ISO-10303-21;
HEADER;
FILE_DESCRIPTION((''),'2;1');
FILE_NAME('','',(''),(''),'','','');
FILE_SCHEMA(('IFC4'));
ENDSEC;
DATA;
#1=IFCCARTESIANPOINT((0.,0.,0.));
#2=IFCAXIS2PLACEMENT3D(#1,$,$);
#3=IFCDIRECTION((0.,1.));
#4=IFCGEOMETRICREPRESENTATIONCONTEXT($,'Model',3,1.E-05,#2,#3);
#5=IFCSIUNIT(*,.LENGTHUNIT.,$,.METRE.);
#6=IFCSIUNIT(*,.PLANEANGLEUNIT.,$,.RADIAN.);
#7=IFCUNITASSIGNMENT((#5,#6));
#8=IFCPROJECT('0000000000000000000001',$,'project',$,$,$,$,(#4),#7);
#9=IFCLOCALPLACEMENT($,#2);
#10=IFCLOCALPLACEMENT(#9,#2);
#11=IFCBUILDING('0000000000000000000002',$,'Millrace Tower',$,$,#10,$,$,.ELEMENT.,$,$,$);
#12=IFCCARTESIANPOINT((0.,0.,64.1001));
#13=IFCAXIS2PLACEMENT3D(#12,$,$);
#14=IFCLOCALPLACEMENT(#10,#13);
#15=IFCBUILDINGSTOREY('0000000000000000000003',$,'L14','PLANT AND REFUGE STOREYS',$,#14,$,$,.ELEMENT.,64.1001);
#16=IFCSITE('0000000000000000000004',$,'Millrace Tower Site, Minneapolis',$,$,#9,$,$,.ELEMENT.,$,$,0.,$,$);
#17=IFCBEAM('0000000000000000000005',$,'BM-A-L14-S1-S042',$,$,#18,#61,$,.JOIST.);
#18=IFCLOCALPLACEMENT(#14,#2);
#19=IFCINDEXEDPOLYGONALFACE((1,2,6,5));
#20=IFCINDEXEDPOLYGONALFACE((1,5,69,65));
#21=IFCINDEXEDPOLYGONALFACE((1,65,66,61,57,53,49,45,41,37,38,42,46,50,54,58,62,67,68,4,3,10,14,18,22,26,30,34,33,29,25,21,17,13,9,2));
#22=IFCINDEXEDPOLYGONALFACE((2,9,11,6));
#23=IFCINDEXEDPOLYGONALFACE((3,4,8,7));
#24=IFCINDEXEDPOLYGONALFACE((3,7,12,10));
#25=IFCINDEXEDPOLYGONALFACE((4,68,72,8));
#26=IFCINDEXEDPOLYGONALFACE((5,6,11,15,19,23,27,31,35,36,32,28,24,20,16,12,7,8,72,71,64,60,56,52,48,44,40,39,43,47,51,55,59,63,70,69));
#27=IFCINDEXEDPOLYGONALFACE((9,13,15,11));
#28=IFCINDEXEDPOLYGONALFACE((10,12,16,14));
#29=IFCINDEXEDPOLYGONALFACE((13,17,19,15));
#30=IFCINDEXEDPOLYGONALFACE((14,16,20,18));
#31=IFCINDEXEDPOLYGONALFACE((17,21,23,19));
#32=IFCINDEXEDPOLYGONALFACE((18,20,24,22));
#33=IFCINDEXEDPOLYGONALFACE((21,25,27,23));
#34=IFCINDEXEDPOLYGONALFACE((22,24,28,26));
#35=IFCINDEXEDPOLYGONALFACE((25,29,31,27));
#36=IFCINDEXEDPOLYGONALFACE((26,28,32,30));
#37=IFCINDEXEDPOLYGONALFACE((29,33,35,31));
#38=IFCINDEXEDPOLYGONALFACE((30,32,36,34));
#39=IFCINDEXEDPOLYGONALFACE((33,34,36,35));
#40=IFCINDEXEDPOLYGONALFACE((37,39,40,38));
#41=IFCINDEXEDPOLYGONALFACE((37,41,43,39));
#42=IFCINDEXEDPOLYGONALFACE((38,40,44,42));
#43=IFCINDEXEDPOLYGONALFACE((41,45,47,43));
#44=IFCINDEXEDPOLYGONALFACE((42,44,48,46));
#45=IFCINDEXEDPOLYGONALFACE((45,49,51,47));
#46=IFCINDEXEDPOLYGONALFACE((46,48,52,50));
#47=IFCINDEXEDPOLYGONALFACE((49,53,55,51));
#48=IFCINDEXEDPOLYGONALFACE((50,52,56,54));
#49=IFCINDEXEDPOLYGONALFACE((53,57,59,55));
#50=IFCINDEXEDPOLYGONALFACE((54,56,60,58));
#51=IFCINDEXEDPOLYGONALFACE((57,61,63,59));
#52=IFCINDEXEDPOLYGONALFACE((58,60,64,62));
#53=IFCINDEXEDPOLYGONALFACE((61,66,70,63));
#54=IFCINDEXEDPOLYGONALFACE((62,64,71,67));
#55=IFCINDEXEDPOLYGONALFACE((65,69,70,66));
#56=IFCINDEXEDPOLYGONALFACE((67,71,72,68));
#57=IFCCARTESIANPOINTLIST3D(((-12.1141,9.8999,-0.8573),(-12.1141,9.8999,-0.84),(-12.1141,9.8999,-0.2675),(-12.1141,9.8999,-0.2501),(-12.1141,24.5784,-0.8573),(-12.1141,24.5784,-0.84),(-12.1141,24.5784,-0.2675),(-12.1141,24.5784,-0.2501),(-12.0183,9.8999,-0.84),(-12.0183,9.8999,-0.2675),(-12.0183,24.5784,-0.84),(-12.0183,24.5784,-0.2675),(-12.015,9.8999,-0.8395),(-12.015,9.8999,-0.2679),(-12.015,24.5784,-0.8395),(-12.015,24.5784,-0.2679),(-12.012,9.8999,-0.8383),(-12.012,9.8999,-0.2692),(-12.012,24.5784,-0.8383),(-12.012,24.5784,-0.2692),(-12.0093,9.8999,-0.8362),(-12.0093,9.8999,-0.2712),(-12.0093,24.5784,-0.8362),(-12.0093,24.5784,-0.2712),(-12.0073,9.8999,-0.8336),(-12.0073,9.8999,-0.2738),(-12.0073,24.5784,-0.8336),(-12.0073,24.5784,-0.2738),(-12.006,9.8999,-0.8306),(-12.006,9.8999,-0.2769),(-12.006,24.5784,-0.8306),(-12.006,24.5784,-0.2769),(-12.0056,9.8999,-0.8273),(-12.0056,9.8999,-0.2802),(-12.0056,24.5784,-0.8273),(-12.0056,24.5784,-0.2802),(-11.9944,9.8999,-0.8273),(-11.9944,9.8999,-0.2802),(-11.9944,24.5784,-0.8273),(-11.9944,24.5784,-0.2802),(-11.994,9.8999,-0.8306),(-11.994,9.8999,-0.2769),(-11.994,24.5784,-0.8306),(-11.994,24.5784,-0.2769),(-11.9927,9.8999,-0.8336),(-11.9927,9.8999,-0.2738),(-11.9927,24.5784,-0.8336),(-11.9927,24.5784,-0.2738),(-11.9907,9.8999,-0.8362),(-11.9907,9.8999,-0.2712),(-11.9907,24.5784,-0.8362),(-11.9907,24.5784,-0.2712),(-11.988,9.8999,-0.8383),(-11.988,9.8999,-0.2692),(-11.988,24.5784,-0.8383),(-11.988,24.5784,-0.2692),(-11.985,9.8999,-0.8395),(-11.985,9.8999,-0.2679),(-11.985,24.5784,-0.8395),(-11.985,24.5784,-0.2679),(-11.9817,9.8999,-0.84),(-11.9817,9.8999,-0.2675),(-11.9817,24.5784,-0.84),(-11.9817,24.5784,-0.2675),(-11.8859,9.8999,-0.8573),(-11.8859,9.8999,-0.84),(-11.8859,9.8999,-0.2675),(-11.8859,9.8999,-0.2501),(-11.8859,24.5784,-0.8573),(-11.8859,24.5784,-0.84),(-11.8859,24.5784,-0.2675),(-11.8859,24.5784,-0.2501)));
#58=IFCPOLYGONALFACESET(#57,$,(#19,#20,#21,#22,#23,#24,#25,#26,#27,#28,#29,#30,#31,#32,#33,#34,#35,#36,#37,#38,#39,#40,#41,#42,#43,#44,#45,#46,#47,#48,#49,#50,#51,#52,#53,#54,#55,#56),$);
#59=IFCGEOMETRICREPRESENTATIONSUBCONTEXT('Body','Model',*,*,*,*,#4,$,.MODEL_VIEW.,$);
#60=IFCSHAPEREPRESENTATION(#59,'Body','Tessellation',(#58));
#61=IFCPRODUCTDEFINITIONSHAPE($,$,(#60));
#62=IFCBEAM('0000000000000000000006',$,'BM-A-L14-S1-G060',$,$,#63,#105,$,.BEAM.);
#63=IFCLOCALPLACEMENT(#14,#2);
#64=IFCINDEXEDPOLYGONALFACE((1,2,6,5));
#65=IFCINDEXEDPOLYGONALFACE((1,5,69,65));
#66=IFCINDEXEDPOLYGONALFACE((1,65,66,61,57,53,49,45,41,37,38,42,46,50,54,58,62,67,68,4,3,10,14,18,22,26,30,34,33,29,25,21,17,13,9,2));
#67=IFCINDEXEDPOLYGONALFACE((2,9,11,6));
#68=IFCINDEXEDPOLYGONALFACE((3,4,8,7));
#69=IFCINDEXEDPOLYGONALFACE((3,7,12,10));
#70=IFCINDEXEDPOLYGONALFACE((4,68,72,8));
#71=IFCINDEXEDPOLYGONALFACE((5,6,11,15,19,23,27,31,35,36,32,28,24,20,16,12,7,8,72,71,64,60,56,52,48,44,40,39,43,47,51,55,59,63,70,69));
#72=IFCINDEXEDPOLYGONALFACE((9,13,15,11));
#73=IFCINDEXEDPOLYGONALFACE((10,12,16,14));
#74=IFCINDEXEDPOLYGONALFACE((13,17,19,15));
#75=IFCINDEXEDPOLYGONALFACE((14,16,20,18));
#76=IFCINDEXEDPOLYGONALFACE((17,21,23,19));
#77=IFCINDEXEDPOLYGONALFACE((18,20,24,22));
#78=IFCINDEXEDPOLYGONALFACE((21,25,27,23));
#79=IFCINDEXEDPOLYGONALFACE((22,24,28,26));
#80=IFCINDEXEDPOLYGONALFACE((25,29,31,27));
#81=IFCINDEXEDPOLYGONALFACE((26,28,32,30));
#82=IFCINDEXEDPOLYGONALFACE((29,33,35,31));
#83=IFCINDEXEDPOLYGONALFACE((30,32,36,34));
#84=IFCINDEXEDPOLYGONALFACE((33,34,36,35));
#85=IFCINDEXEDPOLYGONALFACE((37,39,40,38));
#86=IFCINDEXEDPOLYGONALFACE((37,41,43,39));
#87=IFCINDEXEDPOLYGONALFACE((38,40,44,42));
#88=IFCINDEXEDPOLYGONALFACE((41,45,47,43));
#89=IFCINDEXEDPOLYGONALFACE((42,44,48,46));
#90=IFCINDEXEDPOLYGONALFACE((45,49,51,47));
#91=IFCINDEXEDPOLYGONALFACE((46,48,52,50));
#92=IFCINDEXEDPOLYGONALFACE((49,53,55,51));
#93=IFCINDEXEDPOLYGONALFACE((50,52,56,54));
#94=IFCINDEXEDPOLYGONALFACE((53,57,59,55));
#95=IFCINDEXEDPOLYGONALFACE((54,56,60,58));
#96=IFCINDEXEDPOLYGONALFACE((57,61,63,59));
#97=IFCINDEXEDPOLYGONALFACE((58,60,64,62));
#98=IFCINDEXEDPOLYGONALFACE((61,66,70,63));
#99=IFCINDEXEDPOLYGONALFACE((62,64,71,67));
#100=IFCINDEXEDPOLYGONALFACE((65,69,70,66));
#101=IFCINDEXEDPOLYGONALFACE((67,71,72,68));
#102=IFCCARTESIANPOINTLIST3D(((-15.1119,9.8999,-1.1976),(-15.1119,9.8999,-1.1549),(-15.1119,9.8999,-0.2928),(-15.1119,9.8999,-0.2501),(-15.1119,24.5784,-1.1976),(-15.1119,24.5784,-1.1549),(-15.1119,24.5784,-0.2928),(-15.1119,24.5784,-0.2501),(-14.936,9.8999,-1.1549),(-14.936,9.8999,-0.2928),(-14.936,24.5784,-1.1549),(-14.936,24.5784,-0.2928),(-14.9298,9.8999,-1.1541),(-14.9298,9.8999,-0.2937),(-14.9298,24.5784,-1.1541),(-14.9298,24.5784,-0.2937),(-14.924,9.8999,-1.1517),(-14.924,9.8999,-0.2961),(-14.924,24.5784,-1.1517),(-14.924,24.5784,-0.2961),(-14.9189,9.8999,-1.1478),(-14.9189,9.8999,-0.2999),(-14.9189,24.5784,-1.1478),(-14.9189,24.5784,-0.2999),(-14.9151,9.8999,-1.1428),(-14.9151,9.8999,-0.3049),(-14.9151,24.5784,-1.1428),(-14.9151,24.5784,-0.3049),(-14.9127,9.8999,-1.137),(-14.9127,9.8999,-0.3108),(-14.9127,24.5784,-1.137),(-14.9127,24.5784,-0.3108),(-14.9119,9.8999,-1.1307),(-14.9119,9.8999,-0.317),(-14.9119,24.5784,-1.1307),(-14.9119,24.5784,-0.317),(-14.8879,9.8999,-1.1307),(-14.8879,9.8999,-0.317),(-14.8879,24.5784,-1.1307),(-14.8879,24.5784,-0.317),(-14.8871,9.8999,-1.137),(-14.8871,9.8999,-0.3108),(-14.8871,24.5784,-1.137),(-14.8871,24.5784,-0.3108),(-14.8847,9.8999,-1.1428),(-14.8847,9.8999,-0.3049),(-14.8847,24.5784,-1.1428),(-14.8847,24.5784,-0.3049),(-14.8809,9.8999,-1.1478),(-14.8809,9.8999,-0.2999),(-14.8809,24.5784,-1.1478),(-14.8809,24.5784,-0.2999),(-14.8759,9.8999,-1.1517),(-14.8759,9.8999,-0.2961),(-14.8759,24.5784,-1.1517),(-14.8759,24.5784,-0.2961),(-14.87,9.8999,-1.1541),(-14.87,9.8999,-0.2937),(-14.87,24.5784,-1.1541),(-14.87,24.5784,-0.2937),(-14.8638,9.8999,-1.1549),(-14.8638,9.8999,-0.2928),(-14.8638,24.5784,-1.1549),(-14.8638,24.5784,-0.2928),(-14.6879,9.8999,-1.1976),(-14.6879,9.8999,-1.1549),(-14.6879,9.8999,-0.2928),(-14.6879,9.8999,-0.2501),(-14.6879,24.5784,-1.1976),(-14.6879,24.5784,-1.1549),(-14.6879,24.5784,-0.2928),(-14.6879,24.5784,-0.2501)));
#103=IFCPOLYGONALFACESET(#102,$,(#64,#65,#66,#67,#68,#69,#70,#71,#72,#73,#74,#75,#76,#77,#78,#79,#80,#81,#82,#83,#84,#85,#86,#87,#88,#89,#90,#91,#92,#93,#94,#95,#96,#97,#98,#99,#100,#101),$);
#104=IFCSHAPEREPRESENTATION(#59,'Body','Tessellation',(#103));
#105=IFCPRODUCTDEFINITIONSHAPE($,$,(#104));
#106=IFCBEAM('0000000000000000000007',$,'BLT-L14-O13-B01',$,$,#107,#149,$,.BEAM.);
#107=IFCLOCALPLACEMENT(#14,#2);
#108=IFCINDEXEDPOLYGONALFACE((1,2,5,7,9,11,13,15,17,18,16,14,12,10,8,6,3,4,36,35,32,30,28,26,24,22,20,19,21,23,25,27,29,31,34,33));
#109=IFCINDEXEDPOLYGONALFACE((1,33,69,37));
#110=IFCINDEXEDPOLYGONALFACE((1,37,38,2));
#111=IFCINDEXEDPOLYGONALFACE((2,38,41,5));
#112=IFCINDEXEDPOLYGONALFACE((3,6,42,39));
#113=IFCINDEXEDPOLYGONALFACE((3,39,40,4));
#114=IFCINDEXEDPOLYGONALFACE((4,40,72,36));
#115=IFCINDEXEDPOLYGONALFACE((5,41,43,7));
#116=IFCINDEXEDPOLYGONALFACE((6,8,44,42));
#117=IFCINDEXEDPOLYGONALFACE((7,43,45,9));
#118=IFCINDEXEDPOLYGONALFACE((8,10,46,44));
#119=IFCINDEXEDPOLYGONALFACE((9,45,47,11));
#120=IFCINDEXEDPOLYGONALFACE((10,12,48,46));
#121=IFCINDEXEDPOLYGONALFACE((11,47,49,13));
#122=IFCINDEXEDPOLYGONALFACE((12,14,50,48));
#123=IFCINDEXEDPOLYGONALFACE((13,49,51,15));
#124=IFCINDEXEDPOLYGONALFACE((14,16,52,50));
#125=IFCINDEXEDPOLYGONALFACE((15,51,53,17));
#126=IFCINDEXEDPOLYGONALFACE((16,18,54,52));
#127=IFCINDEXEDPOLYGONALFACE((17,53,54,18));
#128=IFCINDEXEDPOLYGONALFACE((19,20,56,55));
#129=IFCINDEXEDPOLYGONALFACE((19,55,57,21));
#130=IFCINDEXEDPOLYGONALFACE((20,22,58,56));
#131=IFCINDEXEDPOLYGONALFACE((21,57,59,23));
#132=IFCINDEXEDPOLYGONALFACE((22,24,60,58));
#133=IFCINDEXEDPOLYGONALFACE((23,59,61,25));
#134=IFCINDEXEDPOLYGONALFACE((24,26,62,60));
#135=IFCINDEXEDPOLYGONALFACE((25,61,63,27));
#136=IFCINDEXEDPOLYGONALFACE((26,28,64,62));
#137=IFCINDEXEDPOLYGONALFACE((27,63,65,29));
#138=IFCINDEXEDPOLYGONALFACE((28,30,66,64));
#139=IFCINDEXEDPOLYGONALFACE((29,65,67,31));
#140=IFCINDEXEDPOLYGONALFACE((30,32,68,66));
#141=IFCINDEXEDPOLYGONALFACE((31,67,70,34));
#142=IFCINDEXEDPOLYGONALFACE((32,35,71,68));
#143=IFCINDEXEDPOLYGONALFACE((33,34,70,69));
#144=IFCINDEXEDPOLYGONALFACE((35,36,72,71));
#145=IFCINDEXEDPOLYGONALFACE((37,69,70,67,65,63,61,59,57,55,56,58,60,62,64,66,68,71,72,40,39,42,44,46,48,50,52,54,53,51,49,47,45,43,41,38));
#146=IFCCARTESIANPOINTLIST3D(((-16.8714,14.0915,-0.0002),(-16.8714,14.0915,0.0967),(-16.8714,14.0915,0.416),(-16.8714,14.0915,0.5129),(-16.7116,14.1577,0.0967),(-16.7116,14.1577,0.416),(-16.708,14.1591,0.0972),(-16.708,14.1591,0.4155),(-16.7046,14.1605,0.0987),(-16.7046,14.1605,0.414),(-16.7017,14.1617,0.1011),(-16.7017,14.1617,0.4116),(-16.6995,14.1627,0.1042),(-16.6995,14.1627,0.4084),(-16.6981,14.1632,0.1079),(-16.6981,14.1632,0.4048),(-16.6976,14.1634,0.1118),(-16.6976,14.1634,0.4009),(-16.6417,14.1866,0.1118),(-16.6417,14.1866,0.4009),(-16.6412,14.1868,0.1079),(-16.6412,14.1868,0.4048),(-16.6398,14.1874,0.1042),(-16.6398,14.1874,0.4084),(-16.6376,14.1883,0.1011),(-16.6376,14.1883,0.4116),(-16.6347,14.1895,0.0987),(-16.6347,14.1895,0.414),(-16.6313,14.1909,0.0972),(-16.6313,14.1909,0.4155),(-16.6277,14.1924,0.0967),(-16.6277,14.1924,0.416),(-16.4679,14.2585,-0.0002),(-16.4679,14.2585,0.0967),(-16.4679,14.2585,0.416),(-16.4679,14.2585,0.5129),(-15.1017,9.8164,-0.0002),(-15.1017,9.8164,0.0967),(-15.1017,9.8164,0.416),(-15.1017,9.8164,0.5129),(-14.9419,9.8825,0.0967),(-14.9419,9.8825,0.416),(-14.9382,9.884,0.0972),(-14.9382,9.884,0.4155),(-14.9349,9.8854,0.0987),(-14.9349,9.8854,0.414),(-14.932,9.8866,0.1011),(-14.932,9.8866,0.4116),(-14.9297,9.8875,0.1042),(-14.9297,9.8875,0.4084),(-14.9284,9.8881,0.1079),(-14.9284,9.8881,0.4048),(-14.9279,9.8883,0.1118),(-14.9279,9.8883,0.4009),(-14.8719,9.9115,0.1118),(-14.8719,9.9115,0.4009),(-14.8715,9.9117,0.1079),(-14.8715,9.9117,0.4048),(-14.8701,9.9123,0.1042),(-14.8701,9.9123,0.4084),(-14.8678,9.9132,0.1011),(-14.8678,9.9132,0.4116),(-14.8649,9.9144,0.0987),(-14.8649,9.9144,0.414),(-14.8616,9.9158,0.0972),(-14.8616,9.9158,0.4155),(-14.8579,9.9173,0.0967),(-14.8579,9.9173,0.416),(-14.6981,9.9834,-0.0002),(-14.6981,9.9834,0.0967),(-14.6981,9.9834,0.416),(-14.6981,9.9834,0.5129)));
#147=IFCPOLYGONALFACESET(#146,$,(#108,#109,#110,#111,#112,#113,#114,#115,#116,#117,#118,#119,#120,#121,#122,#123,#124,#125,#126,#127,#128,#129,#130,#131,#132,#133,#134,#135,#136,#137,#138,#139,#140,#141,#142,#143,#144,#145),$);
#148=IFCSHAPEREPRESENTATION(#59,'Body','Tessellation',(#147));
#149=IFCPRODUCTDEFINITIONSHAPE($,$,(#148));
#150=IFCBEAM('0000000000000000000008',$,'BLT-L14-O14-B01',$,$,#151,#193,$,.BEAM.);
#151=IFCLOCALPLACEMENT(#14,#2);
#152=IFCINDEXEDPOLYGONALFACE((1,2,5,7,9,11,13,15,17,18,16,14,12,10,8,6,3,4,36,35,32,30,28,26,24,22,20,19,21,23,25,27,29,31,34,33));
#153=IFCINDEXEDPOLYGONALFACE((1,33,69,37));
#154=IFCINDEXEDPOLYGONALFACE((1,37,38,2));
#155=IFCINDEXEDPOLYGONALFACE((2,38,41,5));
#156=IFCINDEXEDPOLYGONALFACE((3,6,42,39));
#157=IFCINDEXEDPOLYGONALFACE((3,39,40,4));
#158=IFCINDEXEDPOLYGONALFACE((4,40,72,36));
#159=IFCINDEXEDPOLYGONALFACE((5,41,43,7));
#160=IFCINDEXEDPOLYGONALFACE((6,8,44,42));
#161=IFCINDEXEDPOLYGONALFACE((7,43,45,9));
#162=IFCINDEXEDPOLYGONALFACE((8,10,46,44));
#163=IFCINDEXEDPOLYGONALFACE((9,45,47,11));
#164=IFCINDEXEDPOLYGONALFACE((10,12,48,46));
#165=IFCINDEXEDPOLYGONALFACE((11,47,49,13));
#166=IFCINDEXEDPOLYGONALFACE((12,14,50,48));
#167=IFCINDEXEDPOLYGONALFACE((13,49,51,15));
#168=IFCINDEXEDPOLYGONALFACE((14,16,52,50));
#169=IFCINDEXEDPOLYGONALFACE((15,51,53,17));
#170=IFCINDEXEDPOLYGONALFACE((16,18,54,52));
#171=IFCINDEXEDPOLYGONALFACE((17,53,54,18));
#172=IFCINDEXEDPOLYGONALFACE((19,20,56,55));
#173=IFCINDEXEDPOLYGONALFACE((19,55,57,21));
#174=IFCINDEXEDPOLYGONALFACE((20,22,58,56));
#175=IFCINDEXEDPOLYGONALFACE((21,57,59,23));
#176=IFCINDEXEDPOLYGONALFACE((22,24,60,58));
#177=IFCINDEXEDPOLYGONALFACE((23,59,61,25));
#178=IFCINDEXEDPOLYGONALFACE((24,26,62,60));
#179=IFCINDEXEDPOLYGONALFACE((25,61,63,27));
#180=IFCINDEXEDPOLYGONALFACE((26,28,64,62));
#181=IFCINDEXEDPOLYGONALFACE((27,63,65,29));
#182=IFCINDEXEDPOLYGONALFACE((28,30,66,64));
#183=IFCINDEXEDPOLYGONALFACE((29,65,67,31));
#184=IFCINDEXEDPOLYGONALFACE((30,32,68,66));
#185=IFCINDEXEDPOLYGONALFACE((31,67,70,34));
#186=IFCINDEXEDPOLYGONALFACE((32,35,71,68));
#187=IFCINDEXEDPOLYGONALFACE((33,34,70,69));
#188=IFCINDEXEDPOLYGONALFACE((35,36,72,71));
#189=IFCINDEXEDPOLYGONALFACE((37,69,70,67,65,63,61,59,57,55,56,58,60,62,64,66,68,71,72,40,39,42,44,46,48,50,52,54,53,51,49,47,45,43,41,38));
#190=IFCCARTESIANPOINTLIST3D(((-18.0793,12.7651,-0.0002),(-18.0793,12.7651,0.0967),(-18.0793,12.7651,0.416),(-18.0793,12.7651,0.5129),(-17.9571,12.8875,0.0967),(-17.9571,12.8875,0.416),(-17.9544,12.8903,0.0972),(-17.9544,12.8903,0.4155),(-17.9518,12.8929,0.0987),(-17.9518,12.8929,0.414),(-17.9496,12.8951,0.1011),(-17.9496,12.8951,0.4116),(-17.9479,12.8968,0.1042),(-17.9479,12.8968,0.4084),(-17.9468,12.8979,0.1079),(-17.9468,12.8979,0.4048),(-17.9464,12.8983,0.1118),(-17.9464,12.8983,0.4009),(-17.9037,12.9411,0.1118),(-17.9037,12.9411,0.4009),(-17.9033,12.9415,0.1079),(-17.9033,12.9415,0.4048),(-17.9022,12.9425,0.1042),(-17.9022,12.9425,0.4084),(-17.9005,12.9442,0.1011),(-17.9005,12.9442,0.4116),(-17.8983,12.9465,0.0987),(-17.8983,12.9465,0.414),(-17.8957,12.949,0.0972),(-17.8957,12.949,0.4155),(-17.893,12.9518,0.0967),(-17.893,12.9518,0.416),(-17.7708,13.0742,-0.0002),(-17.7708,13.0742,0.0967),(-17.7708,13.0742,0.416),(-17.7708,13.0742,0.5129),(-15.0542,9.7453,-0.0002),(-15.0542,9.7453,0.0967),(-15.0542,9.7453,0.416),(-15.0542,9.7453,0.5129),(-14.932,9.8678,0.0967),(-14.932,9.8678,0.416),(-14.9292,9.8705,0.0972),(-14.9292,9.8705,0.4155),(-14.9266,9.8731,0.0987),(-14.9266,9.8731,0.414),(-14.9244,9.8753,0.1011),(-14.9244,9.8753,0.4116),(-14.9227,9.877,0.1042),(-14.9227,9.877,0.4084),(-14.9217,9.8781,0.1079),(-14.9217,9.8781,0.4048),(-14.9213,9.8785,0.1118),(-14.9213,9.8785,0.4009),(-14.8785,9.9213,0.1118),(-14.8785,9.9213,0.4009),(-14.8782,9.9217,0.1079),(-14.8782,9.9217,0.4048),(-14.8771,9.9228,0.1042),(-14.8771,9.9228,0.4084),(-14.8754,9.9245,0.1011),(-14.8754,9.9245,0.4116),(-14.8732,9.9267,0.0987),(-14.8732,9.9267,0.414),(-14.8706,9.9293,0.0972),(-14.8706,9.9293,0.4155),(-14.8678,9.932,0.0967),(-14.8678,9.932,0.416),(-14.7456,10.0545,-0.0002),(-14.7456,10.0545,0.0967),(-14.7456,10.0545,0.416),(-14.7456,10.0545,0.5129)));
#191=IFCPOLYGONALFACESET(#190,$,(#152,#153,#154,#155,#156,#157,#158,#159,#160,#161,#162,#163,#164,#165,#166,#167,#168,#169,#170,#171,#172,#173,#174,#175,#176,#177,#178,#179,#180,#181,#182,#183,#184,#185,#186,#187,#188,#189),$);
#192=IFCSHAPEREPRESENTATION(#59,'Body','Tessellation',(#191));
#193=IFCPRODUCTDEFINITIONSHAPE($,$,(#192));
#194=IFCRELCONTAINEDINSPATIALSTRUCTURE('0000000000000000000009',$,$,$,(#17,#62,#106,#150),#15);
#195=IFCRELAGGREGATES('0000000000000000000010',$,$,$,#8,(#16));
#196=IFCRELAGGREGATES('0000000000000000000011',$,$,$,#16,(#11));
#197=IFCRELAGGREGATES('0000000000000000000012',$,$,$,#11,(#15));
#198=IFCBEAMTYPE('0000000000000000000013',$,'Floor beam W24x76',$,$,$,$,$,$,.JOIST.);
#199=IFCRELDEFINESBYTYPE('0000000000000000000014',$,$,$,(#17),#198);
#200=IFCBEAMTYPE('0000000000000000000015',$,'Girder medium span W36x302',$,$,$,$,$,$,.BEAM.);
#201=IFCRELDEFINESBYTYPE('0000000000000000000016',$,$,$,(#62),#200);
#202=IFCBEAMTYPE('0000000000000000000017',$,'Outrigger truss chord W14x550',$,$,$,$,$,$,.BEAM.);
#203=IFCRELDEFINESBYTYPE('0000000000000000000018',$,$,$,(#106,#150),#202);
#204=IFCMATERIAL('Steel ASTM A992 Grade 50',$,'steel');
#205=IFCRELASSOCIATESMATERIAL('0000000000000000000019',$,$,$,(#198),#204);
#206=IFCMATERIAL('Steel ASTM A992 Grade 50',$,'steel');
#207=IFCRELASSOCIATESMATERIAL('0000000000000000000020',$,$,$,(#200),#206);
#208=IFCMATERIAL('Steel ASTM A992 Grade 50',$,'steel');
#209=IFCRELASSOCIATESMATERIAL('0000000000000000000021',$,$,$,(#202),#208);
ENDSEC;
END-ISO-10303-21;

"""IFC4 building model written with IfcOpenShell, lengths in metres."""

from ifc_helpers import new_model, si_unit, direction, frame, origin, origin_2d, place, context, subcontext, project, spatial, i_section, extrude, material, material_profile, profile_set, type_object, element, save


model = new_model("IFC4")

# Units and contexts
model_context = context("Model", 3, precision=1e-05, world=origin(), true_north=direction((0.0, 1.0)))
body_context = subcontext(model_context, "Body", "Model", "MODEL_VIEW")
ifc_project = project(units=[si_unit("LENGTHUNIT", "METRE"), si_unit("PLANEANGLEUNIT", "RADIAN")], contexts=[model_context])

# Site, building, storey
site_placement = place(None, origin())
site = spatial("IfcSite", under=ifc_project, at=site_placement, Name="Millrace Tower Site, Minneapolis", CompositionType="ELEMENT", RefElevation=0.0)
building_placement = place(site_placement, origin())
building = spatial("IfcBuilding", under=site, at=building_placement, Name="Millrace Tower", CompositionType="ELEMENT")
storey_placement = place(building_placement, frame((0.0, 0.0, 64.1001)))
storey = spatial("IfcBuildingStorey", under=building, at=storey_placement, Name="L14", Description="PLANT AND REFUGE STOREYS", CompositionType="ELEMENT", Elevation=64.1001)

# Beams
ifc_material_1 = material(Name="Steel ASTM A992 Grade 50", Category="steel")
ifc_material_profile_1 = material_profile(ifc_material_1, i_section(OverallWidth=0.2283, OverallDepth=0.6072, WebThickness=0.0112, FlangeThickness=0.0173, FilletRadius=0.0127, at=origin_2d()))
ifc_profile_set_1 = profile_set([ifc_material_profile_1], Name="Steel ASTM A992 Grade 50")
beam_type_1 = type_object("IfcBeamType", Name="Floor beam W24x76", PredefinedType="JOIST", material=ifc_profile_set_1)
beam_1_placement = place(storey_placement, frame((-12.0, 9.8999, -0.5537), z_axis=(0.0, 1.0, 0.0), x_axis=(-1.0, 0.0, 0.0)))
element("IfcBeam", 1, at=beam_1_placement, inside=storey, type_object=beam_type_1, Name="BM-A-L14-S1-S042", PredefinedType="JOIST", context=body_context, shape_type="SweptSolid", body=[
    extrude(i_section(OverallWidth=0.2283, OverallDepth=0.6072, WebThickness=0.0112, FlangeThickness=0.0173, FilletRadius=0.0127, at=origin_2d()), origin(), (0.0, 0.0, 1.0), 14.6785),
])
ifc_material_2 = material(Name="Steel ASTM A992 Grade 50", Category="steel")
ifc_material_profile_2 = material_profile(ifc_material_2, i_section(OverallWidth=0.4241, OverallDepth=0.9475, WebThickness=0.0239, FlangeThickness=0.0427, FilletRadius=0.0242, at=origin_2d()))
ifc_profile_set_2 = profile_set([ifc_material_profile_2], Name="Steel ASTM A992 Grade 50")
beam_type_2 = type_object("IfcBeamType", Name="Girder medium span W36x302", PredefinedType="BEAM", material=ifc_profile_set_2)
beam_2_placement = place(storey_placement, frame((-14.8999, 9.8999, -0.7239), z_axis=(0.0, 1.0, 0.0), x_axis=(-1.0, 0.0, 0.0)))
element("IfcBeam", 2, at=beam_2_placement, inside=storey, type_object=beam_type_2, Name="BM-A-L14-S1-G060", PredefinedType="BEAM", context=body_context, shape_type="SweptSolid", body=[
    extrude(i_section(OverallWidth=0.4241, OverallDepth=0.9475, WebThickness=0.0239, FlangeThickness=0.0427, FilletRadius=0.0242, at=origin_2d()), origin(), (0.0, 0.0, 1.0), 14.6785),
])
ifc_material_3 = material(Name="Steel ASTM A992 Grade 50", Category="steel")
ifc_material_profile_3 = material_profile(ifc_material_3, i_section(OverallWidth=0.4368, OverallDepth=0.5132, WebThickness=0.0605, FlangeThickness=0.0969, FilletRadius=0.0151, at=origin_2d()))
ifc_profile_set_3 = profile_set([ifc_material_profile_3], Name="Steel ASTM A992 Grade 50")
beam_type_3 = type_object("IfcBeamType", Name="Outrigger truss chord W14x550", PredefinedType="BEAM", material=ifc_profile_set_3)
beam_3_placement = place(storey_placement, frame((-14.8999, 9.8999, 0.2563), z_axis=(-0.38249, 0.92396, 0.0), x_axis=(-0.92396, -0.38249, 0.0)))
element("IfcBeam", 3, at=beam_3_placement, inside=storey, type_object=beam_type_3, Name="BLT-L14-O13-B01", PredefinedType="BEAM", context=body_context, shape_type="SweptSolid", body=[
    extrude(i_section(OverallWidth=0.4368, OverallDepth=0.5132, WebThickness=0.0605, FlangeThickness=0.0969, FilletRadius=0.0151, at=origin_2d()), origin(), (0.0, 0.0, 1.0), 4.627),
])
beam_4_placement = place(storey_placement, frame((-14.8999, 9.8999, 0.2563), z_axis=(-0.707735, 0.706478, 0.0), x_axis=(-0.706478, -0.707735, 0.0)))
element("IfcBeam", 4, at=beam_4_placement, inside=storey, type_object=beam_type_3, Name="BLT-L14-O14-B01", PredefinedType="BEAM", context=body_context, shape_type="SweptSolid", body=[
    extrude(i_section(OverallWidth=0.4368, OverallDepth=0.5132, WebThickness=0.0605, FlangeThickness=0.0969, FilletRadius=0.0151, at=origin_2d()), origin(), (0.0, 0.0, 1.0), 4.2744),
])

save(model, "model.ifc")
